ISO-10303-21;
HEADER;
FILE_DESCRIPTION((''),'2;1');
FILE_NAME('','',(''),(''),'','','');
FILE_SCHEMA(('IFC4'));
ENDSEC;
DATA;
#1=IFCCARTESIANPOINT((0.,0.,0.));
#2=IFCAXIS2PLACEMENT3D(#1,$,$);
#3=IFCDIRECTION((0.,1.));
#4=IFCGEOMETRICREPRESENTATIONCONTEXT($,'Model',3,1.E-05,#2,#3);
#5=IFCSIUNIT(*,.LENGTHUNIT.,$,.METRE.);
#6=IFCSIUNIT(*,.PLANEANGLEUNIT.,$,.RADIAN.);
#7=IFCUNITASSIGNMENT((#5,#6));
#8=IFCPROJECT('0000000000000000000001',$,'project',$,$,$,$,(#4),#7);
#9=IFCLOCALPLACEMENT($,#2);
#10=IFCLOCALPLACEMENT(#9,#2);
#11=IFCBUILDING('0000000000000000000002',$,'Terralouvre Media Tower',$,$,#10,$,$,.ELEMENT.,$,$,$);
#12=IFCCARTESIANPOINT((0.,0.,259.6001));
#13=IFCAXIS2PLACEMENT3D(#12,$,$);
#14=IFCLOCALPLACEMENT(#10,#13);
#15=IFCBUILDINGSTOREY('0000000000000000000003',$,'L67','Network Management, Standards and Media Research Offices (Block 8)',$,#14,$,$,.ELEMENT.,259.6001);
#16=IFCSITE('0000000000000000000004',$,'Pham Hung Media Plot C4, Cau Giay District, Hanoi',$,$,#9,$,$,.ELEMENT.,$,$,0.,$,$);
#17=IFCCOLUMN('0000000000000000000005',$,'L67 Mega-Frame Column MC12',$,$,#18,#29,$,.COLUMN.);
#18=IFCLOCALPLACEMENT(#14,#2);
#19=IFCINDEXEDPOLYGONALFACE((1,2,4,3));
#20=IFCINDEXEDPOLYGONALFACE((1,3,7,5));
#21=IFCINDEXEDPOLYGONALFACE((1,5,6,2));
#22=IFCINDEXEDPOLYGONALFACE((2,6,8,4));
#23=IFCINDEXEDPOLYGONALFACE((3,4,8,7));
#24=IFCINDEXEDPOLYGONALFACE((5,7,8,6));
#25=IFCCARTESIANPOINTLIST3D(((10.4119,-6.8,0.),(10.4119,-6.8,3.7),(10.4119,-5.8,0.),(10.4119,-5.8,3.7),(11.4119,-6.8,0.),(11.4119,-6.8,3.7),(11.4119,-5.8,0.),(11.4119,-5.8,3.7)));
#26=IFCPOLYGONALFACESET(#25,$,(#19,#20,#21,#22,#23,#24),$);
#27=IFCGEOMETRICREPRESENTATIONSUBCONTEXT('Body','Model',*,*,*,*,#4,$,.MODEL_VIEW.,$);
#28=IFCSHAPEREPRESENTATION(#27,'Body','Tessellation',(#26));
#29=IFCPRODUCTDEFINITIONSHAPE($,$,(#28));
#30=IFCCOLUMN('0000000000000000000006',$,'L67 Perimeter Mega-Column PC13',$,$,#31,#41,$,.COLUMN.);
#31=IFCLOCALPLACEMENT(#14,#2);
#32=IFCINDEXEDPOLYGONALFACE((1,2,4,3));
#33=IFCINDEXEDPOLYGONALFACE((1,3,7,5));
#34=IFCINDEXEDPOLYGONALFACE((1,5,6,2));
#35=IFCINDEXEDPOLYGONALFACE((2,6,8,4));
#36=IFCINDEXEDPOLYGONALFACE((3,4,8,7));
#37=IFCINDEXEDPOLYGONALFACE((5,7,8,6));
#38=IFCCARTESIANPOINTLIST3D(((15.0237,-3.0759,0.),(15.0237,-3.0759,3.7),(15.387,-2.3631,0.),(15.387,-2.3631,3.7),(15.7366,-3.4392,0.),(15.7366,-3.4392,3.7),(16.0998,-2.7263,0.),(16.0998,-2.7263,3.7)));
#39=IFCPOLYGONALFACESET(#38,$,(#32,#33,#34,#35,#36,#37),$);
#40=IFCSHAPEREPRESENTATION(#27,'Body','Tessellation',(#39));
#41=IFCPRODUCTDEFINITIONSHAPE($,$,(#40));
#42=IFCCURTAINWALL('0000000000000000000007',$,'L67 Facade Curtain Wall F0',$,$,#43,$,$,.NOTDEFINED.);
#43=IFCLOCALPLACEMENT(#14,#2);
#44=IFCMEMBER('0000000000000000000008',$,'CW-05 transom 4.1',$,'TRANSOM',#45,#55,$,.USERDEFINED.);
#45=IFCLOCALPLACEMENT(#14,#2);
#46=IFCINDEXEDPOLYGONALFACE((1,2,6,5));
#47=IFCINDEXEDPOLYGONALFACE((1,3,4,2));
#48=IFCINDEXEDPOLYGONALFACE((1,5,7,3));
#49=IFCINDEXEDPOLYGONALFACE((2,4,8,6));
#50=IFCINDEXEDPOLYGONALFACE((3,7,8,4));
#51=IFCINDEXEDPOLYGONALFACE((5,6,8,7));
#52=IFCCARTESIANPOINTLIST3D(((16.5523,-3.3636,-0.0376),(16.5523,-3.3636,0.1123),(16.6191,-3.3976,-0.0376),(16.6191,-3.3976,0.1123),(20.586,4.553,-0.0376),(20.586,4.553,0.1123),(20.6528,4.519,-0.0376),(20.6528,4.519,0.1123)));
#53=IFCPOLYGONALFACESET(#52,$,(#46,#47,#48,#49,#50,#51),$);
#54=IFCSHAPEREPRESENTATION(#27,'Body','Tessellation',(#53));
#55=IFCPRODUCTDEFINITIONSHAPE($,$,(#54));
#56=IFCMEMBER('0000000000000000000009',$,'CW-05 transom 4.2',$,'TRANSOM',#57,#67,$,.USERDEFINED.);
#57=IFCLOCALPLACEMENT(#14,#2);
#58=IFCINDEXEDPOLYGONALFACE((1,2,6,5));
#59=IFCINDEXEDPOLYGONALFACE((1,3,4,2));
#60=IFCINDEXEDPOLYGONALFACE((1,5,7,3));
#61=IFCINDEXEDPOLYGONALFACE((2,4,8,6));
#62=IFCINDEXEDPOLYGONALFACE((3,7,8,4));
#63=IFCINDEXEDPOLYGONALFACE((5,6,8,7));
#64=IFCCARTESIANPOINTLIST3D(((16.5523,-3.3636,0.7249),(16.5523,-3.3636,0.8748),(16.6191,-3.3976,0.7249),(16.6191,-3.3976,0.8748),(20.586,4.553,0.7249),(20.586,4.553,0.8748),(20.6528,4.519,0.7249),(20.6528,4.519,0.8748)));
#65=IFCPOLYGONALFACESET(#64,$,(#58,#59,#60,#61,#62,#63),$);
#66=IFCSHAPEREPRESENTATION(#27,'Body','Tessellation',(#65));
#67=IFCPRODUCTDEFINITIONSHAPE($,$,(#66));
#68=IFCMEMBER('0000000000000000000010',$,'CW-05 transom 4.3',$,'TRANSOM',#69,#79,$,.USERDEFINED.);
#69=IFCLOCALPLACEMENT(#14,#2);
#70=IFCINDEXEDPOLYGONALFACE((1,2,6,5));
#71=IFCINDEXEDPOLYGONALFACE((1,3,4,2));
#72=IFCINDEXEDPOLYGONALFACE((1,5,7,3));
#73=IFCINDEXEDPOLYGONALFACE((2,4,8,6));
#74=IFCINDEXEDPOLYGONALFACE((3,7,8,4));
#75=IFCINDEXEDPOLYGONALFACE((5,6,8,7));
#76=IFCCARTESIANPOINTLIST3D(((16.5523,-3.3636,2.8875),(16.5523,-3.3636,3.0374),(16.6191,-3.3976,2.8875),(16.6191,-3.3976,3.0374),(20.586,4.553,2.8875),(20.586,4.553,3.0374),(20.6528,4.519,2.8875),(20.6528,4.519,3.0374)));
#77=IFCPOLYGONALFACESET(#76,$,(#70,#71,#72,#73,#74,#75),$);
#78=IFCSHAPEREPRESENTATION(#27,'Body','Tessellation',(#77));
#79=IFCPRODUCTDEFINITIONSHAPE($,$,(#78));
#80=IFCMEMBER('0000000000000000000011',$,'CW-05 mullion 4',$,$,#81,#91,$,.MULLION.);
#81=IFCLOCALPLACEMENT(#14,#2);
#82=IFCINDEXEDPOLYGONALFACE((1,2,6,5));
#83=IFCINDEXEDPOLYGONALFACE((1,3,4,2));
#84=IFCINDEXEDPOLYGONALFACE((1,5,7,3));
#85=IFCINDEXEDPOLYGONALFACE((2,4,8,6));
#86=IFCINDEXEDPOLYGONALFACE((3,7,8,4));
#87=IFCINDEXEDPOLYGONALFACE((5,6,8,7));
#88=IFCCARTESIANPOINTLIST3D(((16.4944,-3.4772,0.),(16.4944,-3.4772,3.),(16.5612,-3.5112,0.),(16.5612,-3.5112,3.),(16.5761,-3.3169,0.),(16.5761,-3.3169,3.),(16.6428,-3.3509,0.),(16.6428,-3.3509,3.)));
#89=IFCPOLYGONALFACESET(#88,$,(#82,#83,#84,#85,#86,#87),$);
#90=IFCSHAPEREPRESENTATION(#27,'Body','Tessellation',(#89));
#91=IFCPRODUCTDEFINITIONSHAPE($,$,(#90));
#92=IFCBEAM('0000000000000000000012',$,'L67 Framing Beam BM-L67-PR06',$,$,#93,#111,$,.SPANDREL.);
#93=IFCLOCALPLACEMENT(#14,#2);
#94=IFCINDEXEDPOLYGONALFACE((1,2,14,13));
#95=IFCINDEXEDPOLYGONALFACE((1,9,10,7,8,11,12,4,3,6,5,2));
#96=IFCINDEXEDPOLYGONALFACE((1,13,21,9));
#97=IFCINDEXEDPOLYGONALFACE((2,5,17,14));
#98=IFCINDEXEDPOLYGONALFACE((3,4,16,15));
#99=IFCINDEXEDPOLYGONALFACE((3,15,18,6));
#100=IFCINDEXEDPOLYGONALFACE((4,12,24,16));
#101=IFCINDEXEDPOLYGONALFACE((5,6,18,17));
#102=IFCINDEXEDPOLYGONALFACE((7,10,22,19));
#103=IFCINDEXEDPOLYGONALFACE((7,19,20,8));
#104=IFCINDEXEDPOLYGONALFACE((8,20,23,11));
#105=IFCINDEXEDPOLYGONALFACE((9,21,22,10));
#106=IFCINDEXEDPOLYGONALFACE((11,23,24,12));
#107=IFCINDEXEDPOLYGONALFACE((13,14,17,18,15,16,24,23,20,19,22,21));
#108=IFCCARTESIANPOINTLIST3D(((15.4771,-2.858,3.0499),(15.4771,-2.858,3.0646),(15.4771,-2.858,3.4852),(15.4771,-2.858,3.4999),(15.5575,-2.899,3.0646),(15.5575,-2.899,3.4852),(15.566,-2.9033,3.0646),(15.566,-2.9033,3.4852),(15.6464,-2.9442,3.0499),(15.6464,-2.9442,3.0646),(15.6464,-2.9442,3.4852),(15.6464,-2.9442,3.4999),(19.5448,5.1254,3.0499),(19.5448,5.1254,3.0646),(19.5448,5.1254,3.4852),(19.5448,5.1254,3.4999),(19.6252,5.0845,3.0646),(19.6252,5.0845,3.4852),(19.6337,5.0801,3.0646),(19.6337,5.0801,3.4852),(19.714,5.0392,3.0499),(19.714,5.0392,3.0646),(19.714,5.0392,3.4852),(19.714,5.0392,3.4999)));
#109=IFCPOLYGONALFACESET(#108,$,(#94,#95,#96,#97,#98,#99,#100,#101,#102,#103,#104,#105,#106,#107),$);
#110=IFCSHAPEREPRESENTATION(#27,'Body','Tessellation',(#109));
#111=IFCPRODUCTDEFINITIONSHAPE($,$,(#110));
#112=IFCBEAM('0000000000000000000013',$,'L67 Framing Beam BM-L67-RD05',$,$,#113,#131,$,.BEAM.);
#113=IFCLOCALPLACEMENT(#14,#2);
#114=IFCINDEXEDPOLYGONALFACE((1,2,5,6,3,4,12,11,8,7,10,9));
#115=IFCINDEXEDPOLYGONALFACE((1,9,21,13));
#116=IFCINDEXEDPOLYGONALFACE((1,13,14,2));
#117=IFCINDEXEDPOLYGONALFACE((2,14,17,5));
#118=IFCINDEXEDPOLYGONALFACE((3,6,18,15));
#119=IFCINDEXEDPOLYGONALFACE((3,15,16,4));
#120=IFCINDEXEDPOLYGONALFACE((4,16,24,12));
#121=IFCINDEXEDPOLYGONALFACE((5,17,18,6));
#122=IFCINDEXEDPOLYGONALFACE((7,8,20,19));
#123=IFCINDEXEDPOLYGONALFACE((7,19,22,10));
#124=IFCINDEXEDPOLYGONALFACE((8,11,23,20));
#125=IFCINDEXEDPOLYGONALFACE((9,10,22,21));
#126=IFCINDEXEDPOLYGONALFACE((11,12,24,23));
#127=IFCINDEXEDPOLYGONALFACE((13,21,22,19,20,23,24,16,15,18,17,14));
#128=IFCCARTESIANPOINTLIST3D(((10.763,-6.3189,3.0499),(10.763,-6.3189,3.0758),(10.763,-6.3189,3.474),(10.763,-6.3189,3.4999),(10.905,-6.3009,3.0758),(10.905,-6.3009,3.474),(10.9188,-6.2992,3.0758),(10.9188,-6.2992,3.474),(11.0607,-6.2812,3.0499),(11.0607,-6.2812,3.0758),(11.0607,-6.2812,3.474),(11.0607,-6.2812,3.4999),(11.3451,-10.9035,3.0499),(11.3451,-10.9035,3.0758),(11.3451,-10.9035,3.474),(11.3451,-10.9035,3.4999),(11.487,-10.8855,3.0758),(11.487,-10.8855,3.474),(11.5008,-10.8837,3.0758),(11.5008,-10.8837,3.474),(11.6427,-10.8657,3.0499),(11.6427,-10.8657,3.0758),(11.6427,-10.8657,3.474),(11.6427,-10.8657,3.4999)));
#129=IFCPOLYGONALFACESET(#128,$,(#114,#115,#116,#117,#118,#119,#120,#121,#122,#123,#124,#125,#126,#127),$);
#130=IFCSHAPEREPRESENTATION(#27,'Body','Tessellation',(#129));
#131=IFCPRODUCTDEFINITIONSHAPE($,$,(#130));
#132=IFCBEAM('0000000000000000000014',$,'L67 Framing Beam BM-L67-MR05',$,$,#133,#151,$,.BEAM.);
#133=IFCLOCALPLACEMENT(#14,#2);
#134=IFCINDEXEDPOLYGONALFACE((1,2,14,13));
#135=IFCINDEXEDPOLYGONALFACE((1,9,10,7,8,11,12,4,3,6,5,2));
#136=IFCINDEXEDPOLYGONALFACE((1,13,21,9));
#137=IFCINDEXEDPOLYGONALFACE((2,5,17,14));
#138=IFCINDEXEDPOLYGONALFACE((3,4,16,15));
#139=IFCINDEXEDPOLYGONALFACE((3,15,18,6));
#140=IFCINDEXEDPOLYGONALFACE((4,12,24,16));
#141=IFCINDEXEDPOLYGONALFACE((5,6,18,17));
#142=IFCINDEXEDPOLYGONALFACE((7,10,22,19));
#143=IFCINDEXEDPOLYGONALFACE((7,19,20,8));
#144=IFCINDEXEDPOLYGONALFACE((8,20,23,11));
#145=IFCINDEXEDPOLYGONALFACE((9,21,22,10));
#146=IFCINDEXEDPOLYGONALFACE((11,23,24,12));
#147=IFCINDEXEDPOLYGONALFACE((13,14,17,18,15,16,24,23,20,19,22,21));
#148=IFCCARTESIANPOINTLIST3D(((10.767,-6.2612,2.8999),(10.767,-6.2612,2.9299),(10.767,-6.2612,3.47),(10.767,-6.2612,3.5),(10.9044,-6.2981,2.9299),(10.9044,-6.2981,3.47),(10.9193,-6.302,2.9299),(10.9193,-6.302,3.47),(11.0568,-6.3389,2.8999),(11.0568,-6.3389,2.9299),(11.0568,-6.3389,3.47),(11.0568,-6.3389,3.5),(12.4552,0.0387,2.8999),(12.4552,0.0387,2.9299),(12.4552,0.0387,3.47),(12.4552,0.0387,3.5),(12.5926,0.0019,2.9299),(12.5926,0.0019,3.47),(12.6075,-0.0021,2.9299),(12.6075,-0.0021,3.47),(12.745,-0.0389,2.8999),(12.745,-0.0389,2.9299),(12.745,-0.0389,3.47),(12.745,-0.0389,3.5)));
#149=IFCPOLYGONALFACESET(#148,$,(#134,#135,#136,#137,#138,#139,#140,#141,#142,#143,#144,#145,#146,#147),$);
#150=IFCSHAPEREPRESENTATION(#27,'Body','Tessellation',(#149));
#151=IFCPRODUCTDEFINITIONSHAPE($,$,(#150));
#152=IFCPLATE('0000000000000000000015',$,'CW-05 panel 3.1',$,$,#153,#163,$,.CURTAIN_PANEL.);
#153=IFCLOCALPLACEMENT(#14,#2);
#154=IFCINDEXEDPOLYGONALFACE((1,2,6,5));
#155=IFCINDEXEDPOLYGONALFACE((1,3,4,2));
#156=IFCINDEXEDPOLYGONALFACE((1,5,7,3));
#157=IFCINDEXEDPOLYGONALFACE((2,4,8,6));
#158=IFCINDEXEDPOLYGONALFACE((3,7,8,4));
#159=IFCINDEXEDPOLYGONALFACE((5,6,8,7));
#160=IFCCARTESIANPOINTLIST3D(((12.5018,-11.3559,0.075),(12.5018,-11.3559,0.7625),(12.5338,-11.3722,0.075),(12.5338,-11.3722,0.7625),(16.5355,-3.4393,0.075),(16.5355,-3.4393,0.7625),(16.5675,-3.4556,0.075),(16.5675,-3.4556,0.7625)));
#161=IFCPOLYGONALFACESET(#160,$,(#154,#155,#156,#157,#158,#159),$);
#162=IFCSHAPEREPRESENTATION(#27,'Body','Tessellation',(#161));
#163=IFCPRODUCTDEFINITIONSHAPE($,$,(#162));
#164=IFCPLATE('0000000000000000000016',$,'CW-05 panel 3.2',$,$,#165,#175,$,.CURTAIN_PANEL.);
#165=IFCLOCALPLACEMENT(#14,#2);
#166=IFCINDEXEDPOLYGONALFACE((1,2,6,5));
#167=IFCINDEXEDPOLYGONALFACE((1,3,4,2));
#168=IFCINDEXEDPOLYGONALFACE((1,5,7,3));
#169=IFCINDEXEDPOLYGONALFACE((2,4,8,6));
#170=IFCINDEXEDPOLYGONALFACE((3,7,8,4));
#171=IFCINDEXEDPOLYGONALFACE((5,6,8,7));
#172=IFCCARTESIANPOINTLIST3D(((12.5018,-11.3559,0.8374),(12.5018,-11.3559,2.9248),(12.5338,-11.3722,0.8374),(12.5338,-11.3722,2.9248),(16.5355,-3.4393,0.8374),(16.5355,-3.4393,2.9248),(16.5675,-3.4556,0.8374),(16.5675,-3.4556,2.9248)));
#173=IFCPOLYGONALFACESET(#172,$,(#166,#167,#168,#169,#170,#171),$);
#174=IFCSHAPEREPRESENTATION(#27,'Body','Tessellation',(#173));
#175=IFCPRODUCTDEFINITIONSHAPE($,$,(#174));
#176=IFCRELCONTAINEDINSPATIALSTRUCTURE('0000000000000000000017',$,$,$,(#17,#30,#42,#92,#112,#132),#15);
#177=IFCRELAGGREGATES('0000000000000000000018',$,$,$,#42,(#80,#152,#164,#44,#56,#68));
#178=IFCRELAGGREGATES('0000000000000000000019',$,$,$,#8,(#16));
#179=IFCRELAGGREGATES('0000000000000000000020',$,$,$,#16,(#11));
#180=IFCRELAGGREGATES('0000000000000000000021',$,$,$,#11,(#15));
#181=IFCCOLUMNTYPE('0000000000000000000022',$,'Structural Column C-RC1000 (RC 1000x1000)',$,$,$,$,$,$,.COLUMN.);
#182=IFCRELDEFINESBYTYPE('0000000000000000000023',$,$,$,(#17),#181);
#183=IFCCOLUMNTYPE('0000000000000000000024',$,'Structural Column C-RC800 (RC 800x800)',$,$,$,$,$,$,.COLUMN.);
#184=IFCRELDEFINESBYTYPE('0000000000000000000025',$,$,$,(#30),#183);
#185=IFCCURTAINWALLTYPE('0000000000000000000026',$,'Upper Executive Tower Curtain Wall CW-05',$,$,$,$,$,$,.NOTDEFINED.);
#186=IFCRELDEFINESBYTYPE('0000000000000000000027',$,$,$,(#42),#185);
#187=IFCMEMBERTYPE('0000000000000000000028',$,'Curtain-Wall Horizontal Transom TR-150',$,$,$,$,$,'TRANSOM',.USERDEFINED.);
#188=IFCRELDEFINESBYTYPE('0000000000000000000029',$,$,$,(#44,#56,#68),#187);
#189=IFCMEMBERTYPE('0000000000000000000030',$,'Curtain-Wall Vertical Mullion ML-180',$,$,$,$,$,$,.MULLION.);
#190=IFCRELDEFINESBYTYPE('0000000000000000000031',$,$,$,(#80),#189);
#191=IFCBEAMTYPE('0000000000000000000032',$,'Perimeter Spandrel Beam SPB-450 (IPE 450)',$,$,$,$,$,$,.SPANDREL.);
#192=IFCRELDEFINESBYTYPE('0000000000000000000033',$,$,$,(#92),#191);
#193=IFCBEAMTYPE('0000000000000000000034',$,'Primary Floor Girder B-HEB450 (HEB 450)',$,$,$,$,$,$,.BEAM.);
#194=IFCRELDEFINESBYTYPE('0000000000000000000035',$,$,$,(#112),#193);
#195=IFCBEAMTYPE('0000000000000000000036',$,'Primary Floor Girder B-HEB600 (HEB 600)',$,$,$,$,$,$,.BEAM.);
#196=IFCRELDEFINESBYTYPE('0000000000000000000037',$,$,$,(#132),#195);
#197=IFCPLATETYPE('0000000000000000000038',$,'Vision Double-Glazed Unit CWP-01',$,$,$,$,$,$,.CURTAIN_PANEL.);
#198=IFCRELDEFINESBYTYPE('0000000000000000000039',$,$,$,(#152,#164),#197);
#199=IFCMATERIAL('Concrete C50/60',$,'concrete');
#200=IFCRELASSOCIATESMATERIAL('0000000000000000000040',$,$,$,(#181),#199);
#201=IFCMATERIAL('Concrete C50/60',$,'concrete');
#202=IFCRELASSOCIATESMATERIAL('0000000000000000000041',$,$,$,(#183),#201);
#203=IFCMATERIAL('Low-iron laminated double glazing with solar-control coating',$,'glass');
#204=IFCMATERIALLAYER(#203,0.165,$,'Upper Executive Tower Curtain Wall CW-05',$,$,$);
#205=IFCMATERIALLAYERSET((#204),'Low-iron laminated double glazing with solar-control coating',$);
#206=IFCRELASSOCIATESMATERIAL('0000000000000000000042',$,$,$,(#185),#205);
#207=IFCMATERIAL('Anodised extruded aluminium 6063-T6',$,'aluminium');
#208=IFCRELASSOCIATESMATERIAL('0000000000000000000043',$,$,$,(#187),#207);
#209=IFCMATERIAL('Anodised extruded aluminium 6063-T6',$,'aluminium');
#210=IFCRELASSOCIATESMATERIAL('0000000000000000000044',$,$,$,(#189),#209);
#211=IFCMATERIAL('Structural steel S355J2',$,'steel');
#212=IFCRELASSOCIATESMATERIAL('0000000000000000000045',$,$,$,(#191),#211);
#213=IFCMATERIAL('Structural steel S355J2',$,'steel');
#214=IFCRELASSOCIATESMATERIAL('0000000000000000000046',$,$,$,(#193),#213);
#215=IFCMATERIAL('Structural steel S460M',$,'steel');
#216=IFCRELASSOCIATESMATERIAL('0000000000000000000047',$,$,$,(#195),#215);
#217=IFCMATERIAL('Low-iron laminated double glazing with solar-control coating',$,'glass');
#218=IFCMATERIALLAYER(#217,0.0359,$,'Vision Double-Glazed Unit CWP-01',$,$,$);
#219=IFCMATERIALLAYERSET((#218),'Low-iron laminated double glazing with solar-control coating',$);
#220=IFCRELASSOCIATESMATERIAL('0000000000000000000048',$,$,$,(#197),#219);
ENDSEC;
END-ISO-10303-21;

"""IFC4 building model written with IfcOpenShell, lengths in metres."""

from ifc_helpers import new_model, si_unit, direction, frame, origin, origin_2d, place, context, subcontext, project, spatial, rectangle, i_section, extrude, material, layer, layer_set, material_profile, profile_set, type_object, element, aggregate, save


model = new_model("IFC4")

# Units and contexts
model_context = context("Model", 3, precision=1e-05, world=origin(), true_north=direction((0.0, 1.0)))
body_context = subcontext(model_context, "Body", "Model", "MODEL_VIEW")
ifc_project = project(units=[si_unit("LENGTHUNIT", "METRE"), si_unit("PLANEANGLEUNIT", "RADIAN")], contexts=[model_context])

# Site, building, storey
site_placement = place(None, origin())
site = spatial("IfcSite", under=ifc_project, at=site_placement, Name="Pham Hung Media Plot C4, Cau Giay District, Hanoi", CompositionType="ELEMENT", RefElevation=0.0)
building_placement = place(site_placement, origin())
building = spatial("IfcBuilding", under=site, at=building_placement, Name="Terralouvre Media Tower", CompositionType="ELEMENT")
storey_placement = place(building_placement, frame((0.0, 0.0, 259.6001)))
storey = spatial("IfcBuildingStorey", under=building, at=storey_placement, Name="L67", Description="Network Management, Standards and Media Research Offices (Block 8)", CompositionType="ELEMENT", Elevation=259.6001)

# Columns
ifc_material_1 = material(Name="Concrete C50/60", Category="concrete")
ifc_material_profile_1 = material_profile(ifc_material_1, rectangle(XDim=1.0, YDim=1.0, at=origin_2d()), Name="RC 1000x1000")
ifc_profile_set_1 = profile_set([ifc_material_profile_1], Name="Concrete C50/60")
column_type_1 = type_object("IfcColumnType", Name="Structural Column C-RC1000 (RC 1000x1000)", PredefinedType="COLUMN", material=ifc_profile_set_1)
column_1_placement = place(storey_placement, frame((10.9119, -6.3, 0.0), z_axis=(0.0, 0.0, 1.0), x_axis=(1.0, 0.0, 0.0)))
element("IfcColumn", 1, at=column_1_placement, inside=storey, type_object=column_type_1, Name="L67 Mega-Frame Column MC12", PredefinedType="COLUMN", context=body_context, shape_type="SweptSolid", body=[
    extrude(rectangle(XDim=1.0, YDim=1.0, at=origin_2d()), origin(), (0.0, 0.0, 1.0), 3.7),
])
ifc_material_2 = material(Name="Concrete C50/60", Category="concrete")
ifc_material_profile_2 = material_profile(ifc_material_2, rectangle(XDim=0.8, YDim=0.8, at=origin_2d()), Name="RC 800x800")
ifc_profile_set_2 = profile_set([ifc_material_profile_2], Name="Concrete C50/60")
column_type_2 = type_object("IfcColumnType", Name="Structural Column C-RC800 (RC 800x800)", PredefinedType="COLUMN", material=ifc_profile_set_2)
column_2_placement = place(storey_placement, frame((15.5618, -2.9011, 0.0), z_axis=(0.0, 0.0, 1.0), x_axis=(0.45399, 0.891007, 0.0)))
element("IfcColumn", 2, at=column_2_placement, inside=storey, type_object=column_type_2, Name="L67 Perimeter Mega-Column PC13", PredefinedType="COLUMN", context=body_context, shape_type="SweptSolid", body=[
    extrude(rectangle(XDim=0.8, YDim=0.8, at=origin_2d()), origin(), (0.0, 0.0, 1.0), 3.7),
])

# Curtain wall, members
ifc_material_3 = material(Name="Low-iron laminated double glazing with solar-control coating", Category="glass")
ifc_layer_1 = layer(ifc_material_3, 0.165, Name="Upper Executive Tower Curtain Wall CW-05")
ifc_layer_set_1 = layer_set([ifc_layer_1], Name="Low-iron laminated double glazing with solar-control coating")
curtain_wall_type = type_object("IfcCurtainWallType", Name="Upper Executive Tower Curtain Wall CW-05", PredefinedType="NOTDEFINED", material=ifc_layer_set_1)
curtain_wall_placement = place(storey_placement, origin())
curtain_wall = element("IfcCurtainWall", 3, at=curtain_wall_placement, inside=storey, type_object=curtain_wall_type, Name="L67 Facade Curtain Wall F0", PredefinedType="NOTDEFINED")
ifc_material_4 = material(Name="Anodised extruded aluminium 6063-T6", Category="aluminium")
ifc_material_profile_3 = material_profile(ifc_material_4, rectangle(XDim=0.075, YDim=0.1499, at=origin_2d()), Name="ALU 75x150")
ifc_profile_set_3 = profile_set([ifc_material_profile_3], Name="Anodised extruded aluminium 6063-T6")
member_type_1 = type_object("IfcMemberType", Name="Curtain-Wall Horizontal Transom TR-150", ElementType="TRANSOM", PredefinedType="USERDEFINED", material=ifc_profile_set_3)
member_1_placement = place(storey_placement, frame((16.5857, -3.3806, 0.0374), z_axis=(0.453993, 0.891005, 0.0), x_axis=(-0.891005, 0.453993, 0.0)))
member_1 = element("IfcMember", 4, at=member_1_placement, type_object=member_type_1, Name="CW-05 transom 4.1", ObjectType="TRANSOM", PredefinedType="USERDEFINED", context=body_context, shape_type="SweptSolid", body=[
    extrude(rectangle(XDim=0.075, YDim=0.1499, at=origin_2d()), origin(), (0.0, 0.0, 1.0), 8.885),
])
member_2_placement = place(storey_placement, frame((16.5857, -3.3806, 0.7998), z_axis=(0.453993, 0.891005, 0.0), x_axis=(-0.891005, 0.453993, 0.0)))
member_2 = element("IfcMember", 5, at=member_2_placement, type_object=member_type_1, Name="CW-05 transom 4.2", ObjectType="TRANSOM", PredefinedType="USERDEFINED", context=body_context, shape_type="SweptSolid", body=[
    extrude(rectangle(XDim=0.075, YDim=0.1499, at=origin_2d()), origin(), (0.0, 0.0, 1.0), 8.885),
])
member_3_placement = place(storey_placement, frame((16.5857, -3.3806, 2.9624), z_axis=(0.453993, 0.891005, 0.0), x_axis=(-0.891005, 0.453993, 0.0)))
member_3 = element("IfcMember", 6, at=member_3_placement, type_object=member_type_1, Name="CW-05 transom 4.3", ObjectType="TRANSOM", PredefinedType="USERDEFINED", context=body_context, shape_type="SweptSolid", body=[
    extrude(rectangle(XDim=0.075, YDim=0.1499, at=origin_2d()), origin(), (0.0, 0.0, 1.0), 8.885),
])
ifc_material_5 = material(Name="Anodised extruded aluminium 6063-T6", Category="aluminium")
ifc_material_profile_4 = material_profile(ifc_material_5, rectangle(XDim=0.075, YDim=0.1799, at=origin_2d()), Name="ALU 75x180")
ifc_profile_set_4 = profile_set([ifc_material_profile_4], Name="Anodised extruded aluminium 6063-T6")
member_type_2 = type_object("IfcMemberType", Name="Curtain-Wall Vertical Mullion ML-180", PredefinedType="MULLION", material=ifc_profile_set_4)
member_4_placement = place(storey_placement, frame((16.5686, -3.4141, 0.0), z_axis=(0.0, 0.0, 1.0), x_axis=(-0.891007, 0.45399, 0.0)))
member_4 = element("IfcMember", 7, at=member_4_placement, type_object=member_type_2, Name="CW-05 mullion 4", PredefinedType="MULLION", context=body_context, shape_type="SweptSolid", body=[
    extrude(rectangle(XDim=0.075, YDim=0.1799, at=origin_2d()), origin(), (0.0, 0.0, 1.0), 3.0),
])

# Beams
ifc_material_6 = material(Name="Structural steel S355J2", Category="steel")
ifc_material_profile_5 = material_profile(ifc_material_6, i_section(OverallWidth=0.1899, OverallDepth=0.45, WebThickness=0.0095, FlangeThickness=0.0146, at=origin_2d()), Name="IPE 450")
ifc_profile_set_5 = profile_set([ifc_material_profile_5], Name="Structural steel S355J2")
beam_type_1 = type_object("IfcBeamType", Name="Perimeter Spandrel Beam SPB-450 (IPE 450)", PredefinedType="SPANDREL", material=ifc_profile_set_5)
beam_1_placement = place(storey_placement, frame((15.5618, -2.9011, 3.2749), z_axis=(0.45398, 0.891012, 0.0), x_axis=(-0.891012, 0.45398, 0.0)))
element("IfcBeam", 8, at=beam_1_placement, inside=storey, type_object=beam_type_1, Name="L67 Framing Beam BM-L67-PR06", PredefinedType="SPANDREL", context=body_context, shape_type="SweptSolid", body=[
    extrude(i_section(OverallWidth=0.1899, OverallDepth=0.45, WebThickness=0.0095, FlangeThickness=0.0146, at=origin_2d()), origin(), (0.0, 0.0, 1.0), 8.96),
])
ifc_material_7 = material(Name="Structural steel S355J2", Category="steel")
ifc_material_profile_6 = material_profile(ifc_material_7, i_section(OverallWidth=0.3, OverallDepth=0.45, WebThickness=0.0139, FlangeThickness=0.0259, at=origin_2d()), Name="HEB 450")
ifc_profile_set_6 = profile_set([ifc_material_profile_6], Name="Structural steel S355J2")
beam_type_2 = type_object("IfcBeamType", Name="Primary Floor Girder B-HEB450 (HEB 450)", PredefinedType="BEAM", material=ifc_profile_set_6)
beam_2_placement = place(storey_placement, frame((10.9119, -6.3, 3.2749), z_axis=(0.125946, -0.992037, 0.0), x_axis=(0.992037, 0.125946, 0.0)))
element("IfcBeam", 9, at=beam_2_placement, inside=storey, type_object=beam_type_2, Name="L67 Framing Beam BM-L67-RD05", PredefinedType="BEAM", context=body_context, shape_type="SweptSolid", body=[
    extrude(i_section(OverallWidth=0.3, OverallDepth=0.45, WebThickness=0.0139, FlangeThickness=0.0259, at=origin_2d()), origin(), (0.0, 0.0, 1.0), 4.6213),
])
ifc_material_8 = material(Name="Structural steel S460M", Category="steel")
ifc_material_profile_7 = material_profile(ifc_material_8, i_section(OverallWidth=0.3, OverallDepth=0.6001, WebThickness=0.0154, FlangeThickness=0.03, at=origin_2d()), Name="HEB 600")
ifc_profile_set_7 = profile_set([ifc_material_profile_7], Name="Structural steel S460M")
beam_type_3 = type_object("IfcBeamType", Name="Primary Floor Girder B-HEB600 (HEB 600)", PredefinedType="BEAM", material=ifc_profile_set_7)
beam_3_placement = place(storey_placement, frame((10.9119, -6.3, 3.2), z_axis=(0.258839, 0.96592, 0.0), x_axis=(-0.96592, 0.258839, 0.0)))
element("IfcBeam", 10, at=beam_3_placement, inside=storey, type_object=beam_type_3, Name="L67 Framing Beam BM-L67-MR05", PredefinedType="BEAM", context=body_context, shape_type="SweptSolid", body=[
    extrude(i_section(OverallWidth=0.3, OverallDepth=0.6001, WebThickness=0.0154, FlangeThickness=0.03, at=origin_2d()), origin(), (0.0, 0.0, 1.0), 6.5222),
])

# Plates
ifc_material_9 = material(Name="Low-iron laminated double glazing with solar-control coating", Category="glass")
ifc_layer_2 = layer(ifc_material_9, 0.0359, Name="Vision Double-Glazed Unit CWP-01")
ifc_layer_set_2 = layer_set([ifc_layer_2], Name="Low-iron laminated double glazing with solar-control coating")
plate_type = type_object("IfcPlateType", Name="Vision Double-Glazed Unit CWP-01", PredefinedType="CURTAIN_PANEL", material=ifc_layer_set_2)
plate_1_placement = place(storey_placement, frame((14.5347, -7.4058, 0.075), z_axis=(0.0, 0.0, 1.0), x_axis=(0.45399, 0.891007, 0.0)))
plate_1 = element("IfcPlate", 11, at=plate_1_placement, type_object=plate_type, Name="CW-05 panel 3.1", PredefinedType="CURTAIN_PANEL", context=body_context, shape_type="SweptSolid", body=[
    extrude(rectangle(XDim=8.885, YDim=0.0359, at=origin_2d()), origin(), (0.0, 0.0, 1.0), 0.6875),
])
plate_2_placement = place(storey_placement, frame((14.5347, -7.4058, 0.8374), z_axis=(0.0, 0.0, 1.0), x_axis=(0.45399, 0.891007, 0.0)))
plate_2 = element("IfcPlate", 12, at=plate_2_placement, type_object=plate_type, Name="CW-05 panel 3.2", PredefinedType="CURTAIN_PANEL", context=body_context, shape_type="SweptSolid", body=[
    extrude(rectangle(XDim=8.885, YDim=0.0359, at=origin_2d()), origin(), (0.0, 0.0, 1.0), 2.0874),
])
aggregate(curtain_wall, [member_4, plate_1, plate_2, member_1, member_2, member_3])

save(model, "model.ifc")
